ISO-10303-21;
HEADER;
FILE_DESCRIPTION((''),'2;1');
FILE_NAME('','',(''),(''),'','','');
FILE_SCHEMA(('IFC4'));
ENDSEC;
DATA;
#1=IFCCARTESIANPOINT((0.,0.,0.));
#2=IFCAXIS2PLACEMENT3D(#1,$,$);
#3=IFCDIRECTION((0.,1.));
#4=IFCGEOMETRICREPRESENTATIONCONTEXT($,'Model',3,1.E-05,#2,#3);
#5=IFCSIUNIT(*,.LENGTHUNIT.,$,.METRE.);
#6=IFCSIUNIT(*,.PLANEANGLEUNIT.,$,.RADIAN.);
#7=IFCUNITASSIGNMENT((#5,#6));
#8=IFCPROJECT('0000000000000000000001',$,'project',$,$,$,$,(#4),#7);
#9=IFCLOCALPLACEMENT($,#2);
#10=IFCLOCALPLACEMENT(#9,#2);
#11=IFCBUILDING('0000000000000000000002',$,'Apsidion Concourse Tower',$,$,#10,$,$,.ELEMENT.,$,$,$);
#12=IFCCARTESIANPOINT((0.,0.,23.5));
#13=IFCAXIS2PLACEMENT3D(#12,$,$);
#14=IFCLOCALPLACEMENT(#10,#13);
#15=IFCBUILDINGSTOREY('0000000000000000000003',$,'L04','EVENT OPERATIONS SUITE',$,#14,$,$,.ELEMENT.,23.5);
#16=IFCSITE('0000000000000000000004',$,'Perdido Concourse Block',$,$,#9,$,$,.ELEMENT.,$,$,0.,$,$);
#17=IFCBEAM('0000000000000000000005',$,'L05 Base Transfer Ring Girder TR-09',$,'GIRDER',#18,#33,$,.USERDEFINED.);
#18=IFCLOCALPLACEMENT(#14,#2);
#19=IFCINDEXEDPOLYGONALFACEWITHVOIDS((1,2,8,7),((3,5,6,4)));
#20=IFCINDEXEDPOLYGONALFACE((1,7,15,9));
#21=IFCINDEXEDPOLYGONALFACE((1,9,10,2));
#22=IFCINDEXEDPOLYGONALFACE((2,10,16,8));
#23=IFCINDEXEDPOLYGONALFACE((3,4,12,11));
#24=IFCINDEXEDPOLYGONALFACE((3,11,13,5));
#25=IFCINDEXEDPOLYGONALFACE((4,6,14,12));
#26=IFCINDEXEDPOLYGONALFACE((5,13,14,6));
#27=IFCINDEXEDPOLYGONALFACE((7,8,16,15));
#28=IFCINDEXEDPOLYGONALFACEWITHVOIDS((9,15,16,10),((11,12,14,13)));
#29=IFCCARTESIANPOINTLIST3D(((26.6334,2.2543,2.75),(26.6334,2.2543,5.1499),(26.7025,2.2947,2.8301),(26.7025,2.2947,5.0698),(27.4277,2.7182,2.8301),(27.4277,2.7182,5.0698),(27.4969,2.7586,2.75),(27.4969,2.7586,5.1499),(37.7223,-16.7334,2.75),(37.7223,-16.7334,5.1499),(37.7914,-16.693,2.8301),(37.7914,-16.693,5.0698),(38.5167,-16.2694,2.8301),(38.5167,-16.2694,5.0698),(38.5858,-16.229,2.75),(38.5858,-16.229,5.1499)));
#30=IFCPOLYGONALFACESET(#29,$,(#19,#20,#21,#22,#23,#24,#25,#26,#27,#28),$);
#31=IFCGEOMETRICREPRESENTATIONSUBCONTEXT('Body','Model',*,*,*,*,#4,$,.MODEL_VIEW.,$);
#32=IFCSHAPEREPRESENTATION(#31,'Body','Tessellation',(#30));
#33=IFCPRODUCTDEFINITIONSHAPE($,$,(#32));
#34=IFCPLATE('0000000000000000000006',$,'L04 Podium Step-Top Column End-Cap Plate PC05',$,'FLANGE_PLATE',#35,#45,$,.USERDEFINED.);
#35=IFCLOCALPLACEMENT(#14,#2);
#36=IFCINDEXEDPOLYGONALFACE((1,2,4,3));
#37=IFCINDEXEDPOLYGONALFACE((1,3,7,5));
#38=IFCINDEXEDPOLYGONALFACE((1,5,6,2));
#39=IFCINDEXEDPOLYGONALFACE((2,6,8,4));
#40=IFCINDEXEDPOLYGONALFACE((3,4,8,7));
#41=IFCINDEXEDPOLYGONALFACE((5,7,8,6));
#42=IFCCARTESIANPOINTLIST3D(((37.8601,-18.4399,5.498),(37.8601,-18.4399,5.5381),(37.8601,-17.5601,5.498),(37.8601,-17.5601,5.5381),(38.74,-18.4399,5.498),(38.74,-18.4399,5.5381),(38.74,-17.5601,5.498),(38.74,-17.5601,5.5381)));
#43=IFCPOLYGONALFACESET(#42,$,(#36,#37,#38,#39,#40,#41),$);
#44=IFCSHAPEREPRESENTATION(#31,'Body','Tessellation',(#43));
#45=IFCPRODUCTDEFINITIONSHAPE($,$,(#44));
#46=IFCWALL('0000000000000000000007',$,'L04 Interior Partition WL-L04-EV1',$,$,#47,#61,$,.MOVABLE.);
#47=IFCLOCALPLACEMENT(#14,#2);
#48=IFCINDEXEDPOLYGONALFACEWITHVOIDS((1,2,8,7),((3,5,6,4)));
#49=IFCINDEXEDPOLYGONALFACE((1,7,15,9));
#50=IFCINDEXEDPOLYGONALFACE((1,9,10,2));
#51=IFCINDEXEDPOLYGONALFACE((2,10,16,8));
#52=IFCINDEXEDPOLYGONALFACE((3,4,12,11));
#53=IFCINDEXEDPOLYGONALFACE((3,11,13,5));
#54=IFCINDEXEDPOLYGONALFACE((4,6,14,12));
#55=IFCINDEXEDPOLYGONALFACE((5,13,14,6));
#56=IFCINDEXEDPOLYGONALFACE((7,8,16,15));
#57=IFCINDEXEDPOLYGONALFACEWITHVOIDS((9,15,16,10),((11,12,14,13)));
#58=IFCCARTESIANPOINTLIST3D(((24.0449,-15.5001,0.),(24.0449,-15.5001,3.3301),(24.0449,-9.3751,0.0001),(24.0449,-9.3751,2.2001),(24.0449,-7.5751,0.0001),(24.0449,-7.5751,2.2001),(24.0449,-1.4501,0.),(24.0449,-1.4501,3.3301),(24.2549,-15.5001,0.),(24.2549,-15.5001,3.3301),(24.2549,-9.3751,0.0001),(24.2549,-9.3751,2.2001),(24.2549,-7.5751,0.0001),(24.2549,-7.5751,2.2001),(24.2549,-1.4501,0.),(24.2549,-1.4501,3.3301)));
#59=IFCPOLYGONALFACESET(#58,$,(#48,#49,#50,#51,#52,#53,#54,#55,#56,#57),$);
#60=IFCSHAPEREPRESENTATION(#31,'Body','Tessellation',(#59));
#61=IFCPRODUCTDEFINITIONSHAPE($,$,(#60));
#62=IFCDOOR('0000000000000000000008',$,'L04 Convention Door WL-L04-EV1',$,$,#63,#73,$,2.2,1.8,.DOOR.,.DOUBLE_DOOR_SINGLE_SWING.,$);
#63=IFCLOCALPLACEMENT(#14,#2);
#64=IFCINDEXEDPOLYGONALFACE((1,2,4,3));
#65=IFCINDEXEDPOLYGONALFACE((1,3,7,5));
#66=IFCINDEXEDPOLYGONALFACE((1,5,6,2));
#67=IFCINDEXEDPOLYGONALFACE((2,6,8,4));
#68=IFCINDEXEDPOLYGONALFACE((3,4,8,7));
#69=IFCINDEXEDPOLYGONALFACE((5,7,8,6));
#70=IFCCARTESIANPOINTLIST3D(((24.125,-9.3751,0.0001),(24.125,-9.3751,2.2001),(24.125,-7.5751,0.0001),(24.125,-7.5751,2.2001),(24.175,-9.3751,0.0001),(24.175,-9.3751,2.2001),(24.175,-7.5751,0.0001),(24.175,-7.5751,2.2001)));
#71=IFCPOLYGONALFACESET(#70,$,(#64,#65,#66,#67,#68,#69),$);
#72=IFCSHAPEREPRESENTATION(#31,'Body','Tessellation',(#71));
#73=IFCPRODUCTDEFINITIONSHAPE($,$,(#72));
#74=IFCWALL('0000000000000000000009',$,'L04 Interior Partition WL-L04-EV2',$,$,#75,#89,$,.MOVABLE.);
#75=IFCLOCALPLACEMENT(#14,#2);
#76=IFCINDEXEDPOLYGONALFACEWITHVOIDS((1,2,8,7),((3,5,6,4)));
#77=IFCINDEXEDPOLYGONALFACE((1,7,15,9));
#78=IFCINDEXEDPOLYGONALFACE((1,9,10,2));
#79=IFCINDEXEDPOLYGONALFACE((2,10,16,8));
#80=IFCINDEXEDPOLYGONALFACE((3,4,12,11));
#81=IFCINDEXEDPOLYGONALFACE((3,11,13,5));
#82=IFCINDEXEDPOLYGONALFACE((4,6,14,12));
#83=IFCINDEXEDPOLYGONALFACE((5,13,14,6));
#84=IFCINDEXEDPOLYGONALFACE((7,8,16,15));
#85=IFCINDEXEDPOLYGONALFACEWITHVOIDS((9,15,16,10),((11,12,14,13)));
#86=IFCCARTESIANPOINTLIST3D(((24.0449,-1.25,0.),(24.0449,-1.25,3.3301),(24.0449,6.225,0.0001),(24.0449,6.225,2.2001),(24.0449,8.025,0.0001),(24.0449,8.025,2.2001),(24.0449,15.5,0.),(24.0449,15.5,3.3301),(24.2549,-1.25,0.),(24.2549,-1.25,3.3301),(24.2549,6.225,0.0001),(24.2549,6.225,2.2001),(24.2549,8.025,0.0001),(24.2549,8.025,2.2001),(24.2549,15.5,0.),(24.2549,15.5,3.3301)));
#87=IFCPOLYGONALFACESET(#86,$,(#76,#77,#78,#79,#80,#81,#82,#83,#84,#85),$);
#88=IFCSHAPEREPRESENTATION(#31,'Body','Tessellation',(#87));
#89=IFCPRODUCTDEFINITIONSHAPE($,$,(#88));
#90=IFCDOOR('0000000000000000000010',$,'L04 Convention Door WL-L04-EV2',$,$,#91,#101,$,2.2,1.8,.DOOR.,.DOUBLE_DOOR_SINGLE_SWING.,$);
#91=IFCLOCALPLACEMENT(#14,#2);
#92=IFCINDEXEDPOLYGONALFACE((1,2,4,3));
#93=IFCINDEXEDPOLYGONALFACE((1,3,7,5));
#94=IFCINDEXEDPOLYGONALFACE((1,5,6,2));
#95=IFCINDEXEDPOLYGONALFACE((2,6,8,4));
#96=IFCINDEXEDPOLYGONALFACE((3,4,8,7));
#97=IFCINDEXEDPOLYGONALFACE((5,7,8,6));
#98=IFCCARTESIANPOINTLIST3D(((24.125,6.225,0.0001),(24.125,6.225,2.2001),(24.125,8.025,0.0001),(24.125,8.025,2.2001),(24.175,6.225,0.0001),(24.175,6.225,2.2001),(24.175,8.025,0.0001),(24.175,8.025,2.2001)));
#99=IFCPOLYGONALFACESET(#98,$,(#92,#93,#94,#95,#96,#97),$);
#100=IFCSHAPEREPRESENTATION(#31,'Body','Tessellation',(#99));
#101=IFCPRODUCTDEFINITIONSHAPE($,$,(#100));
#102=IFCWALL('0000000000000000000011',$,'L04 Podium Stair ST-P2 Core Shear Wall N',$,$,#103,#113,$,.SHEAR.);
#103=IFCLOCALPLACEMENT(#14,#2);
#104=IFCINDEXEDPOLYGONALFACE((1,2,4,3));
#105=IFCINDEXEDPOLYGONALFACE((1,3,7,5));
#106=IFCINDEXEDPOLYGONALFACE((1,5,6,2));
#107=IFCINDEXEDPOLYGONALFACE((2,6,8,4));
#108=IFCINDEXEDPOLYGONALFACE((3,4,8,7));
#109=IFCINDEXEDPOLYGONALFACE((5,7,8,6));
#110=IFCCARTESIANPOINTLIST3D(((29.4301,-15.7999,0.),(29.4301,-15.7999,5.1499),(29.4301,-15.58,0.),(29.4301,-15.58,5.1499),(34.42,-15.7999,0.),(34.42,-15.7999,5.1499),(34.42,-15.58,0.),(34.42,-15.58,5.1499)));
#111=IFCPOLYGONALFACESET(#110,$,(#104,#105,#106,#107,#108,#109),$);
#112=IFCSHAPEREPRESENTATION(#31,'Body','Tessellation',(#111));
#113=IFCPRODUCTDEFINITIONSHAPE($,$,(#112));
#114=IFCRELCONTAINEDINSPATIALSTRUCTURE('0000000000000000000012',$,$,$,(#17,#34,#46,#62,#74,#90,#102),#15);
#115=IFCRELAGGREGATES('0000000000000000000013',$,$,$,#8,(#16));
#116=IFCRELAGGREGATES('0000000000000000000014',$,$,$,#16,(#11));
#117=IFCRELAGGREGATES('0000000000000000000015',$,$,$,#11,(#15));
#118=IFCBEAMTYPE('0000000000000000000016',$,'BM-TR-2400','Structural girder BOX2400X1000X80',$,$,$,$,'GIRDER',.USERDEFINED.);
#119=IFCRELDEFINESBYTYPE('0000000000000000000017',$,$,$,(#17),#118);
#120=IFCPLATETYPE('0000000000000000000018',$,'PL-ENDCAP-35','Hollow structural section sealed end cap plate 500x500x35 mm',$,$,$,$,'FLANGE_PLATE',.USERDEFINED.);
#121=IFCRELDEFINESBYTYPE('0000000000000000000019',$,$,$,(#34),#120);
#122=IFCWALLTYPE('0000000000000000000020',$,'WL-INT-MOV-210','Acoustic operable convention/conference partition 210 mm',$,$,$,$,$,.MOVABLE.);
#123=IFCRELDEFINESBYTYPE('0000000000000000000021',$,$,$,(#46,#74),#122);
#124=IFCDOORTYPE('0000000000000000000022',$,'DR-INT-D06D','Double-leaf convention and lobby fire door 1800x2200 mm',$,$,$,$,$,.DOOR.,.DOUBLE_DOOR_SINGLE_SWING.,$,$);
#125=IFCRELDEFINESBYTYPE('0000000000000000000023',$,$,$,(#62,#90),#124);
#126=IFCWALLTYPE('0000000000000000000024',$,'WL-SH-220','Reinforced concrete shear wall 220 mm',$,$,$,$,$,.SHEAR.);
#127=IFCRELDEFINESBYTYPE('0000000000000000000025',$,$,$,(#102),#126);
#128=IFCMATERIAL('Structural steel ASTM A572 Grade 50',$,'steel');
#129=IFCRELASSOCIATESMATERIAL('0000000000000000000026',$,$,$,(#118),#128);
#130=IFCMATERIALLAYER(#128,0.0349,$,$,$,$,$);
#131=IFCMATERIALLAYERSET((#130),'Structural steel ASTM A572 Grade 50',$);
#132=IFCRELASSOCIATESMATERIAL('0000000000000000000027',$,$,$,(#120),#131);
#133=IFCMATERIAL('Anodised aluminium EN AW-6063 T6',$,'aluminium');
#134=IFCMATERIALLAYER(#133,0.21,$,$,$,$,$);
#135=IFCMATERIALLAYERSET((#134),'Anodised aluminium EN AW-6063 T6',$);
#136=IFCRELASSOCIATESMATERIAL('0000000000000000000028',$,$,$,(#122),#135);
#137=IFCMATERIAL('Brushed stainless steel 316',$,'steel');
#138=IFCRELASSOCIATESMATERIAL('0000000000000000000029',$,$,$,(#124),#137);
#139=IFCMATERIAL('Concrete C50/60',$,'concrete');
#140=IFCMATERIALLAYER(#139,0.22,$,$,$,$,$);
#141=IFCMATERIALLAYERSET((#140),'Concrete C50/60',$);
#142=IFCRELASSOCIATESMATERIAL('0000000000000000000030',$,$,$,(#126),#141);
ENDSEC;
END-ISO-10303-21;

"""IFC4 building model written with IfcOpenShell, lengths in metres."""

from ifc_helpers import new_model, si_unit, direction, frame, frame_2d, origin, origin_2d, place, context, subcontext, project, spatial, rectangle, hollow_rectangle, extrude, material, layer, layer_set, material_profile, profile_set, type_object, element, fill, save


model = new_model("IFC4")

# Units and contexts
model_context = context("Model", 3, precision=1e-05, world=origin(), true_north=direction((0.0, 1.0)))
body_context = subcontext(model_context, "Body", "Model", "MODEL_VIEW")
ifc_project = project(units=[si_unit("LENGTHUNIT", "METRE"), si_unit("PLANEANGLEUNIT", "RADIAN")], contexts=[model_context])

# Site, building, storey
site_placement = place(None, origin())
site = spatial("IfcSite", under=ifc_project, at=site_placement, Name="Perdido Concourse Block", CompositionType="ELEMENT", RefElevation=0.0)
building_placement = place(site_placement, origin())
building = spatial("IfcBuilding", under=site, at=building_placement, Name="Apsidion Concourse Tower", CompositionType="ELEMENT")
storey_placement = place(building_placement, frame((0.0, 0.0, 23.5)))
storey = spatial("IfcBuildingStorey", under=building, at=storey_placement, Name="L04", Description="EVENT OPERATIONS SUITE", CompositionType="ELEMENT", Elevation=23.5)

# Shared definitions
ifc_material_1 = material(Name="Structural steel ASTM A572 Grade 50", Category="steel")
ifc_material_2 = material(Name="Concrete C50/60", Category="concrete")

# Beam
ifc_material_profile_1 = material_profile(ifc_material_1, hollow_rectangle(XDim=1.0, YDim=2.3999, WallThickness=0.0801, at=origin_2d()), Name="BOX2400X1000X80")
ifc_profile_set_1 = profile_set([ifc_material_profile_1], Name="Structural steel ASTM A572 Grade 50")
beam_type_1 = type_object("IfcBeamType", Name="BM-TR-2400", Description="Structural girder BOX2400X1000X80", ElementType="GIRDER", PredefinedType="USERDEFINED", material=ifc_profile_set_1)
beam_1_placement = place(storey_placement, frame((38.1541, -16.4812, 3.95), z_axis=(-0.504305, 0.863525, 0.0), x_axis=(-0.863525, -0.504305, 0.0)))
element("IfcBeam", 1, at=beam_1_placement, inside=storey, type_object=beam_type_1, Name="L05 Base Transfer Ring Girder TR-09", ObjectType="GIRDER", PredefinedType="USERDEFINED", context=body_context, shape_type="SweptSolid", body=[
    extrude(hollow_rectangle(XDim=1.0, YDim=2.3999, WallThickness=0.0801, at=origin_2d()), origin(), (0.0, 0.0, 1.0), 21.9885),
])

# Plate
ifc_layer_1 = layer(ifc_material_1, 0.0349)
ifc_layer_set_1 = layer_set([ifc_layer_1], Name="Structural steel ASTM A572 Grade 50")
plate_type = type_object("IfcPlateType", Name="PL-ENDCAP-35", Description="Hollow structural section sealed end cap plate 500x500x35 mm", ElementType="FLANGE_PLATE", PredefinedType="USERDEFINED", material=ifc_layer_set_1)
plate_placement = place(storey_placement, frame((38.3, -18.0, 5.498), z_axis=(0.0, 0.0, 1.0), x_axis=(1.0, 0.0, 0.0)))
element("IfcPlate", 2, at=plate_placement, inside=storey, type_object=plate_type, Name="L04 Podium Step-Top Column End-Cap Plate PC05", ObjectType="FLANGE_PLATE", PredefinedType="USERDEFINED", context=body_context, shape_type="SweptSolid", body=[
    extrude(rectangle(XDim=0.8799, YDim=0.8799, at=origin_2d()), origin(), (0.0, 0.0, 1.0), 0.04),
])

# Walls, openings, doors
ifc_material_3 = material(Name="Anodised aluminium EN AW-6063 T6", Category="aluminium")
ifc_layer_2 = layer(ifc_material_3, 0.21)
ifc_layer_set_2 = layer_set([ifc_layer_2], Name="Anodised aluminium EN AW-6063 T6")
wall_type_1 = type_object("IfcWallType", Name="WL-INT-MOV-210", Description="Acoustic operable convention/conference partition 210 mm", PredefinedType="MOVABLE", material=ifc_layer_set_2)
wall_1_placement = place(storey_placement, frame((24.1499, -15.5, 0.0), z_axis=(0.0, 0.0, 1.0), x_axis=(0.0, 1.0, 0.0)))
wall_1 = element("IfcWall", 3, at=wall_1_placement, inside=storey, type_object=wall_type_1, Name="L04 Interior Partition WL-L04-EV1", PredefinedType="MOVABLE", context=body_context, shape_type="SweptSolid", body=[
    extrude(rectangle(XDim=14.05, YDim=0.21, at=frame_2d((7.0249, 0.0))), origin(), (0.0, 0.0, 1.0), 3.3301),
])
opening_1_placement = place(wall_1_placement, frame((6.125, 0.0, 0.0)))
opening_1 = element("IfcOpeningElement", 4, at=opening_1_placement, cuts=wall_1, PredefinedType="OPENING", context=body_context, shape_type="SweptSolid", body=[
    extrude(rectangle(XDim=1.8, YDim=2.2, at=frame_2d((0.8999, 1.1001))), frame((0.0, 0.115, 0.0), z_axis=(0.0, -1.0, 0.0), x_axis=(1.0, 0.0, 0.0)), (0.0, 0.0, 1.0), 0.23),
])
ifc_material_4 = material(Name="Brushed stainless steel 316", Category="steel")
door_type = type_object("IfcDoorType", Name="DR-INT-D06D", Description="Double-leaf convention and lobby fire door 1800x2200 mm", OperationType="DOUBLE_DOOR_SINGLE_SWING", PredefinedType="DOOR", material=ifc_material_4)
door_1_placement = place(opening_1_placement, origin())
door_1 = element("IfcDoor", 5, at=door_1_placement, inside=storey, type_object=door_type, Name="L04 Convention Door WL-L04-EV1", OperationType="DOUBLE_DOOR_SINGLE_SWING", OverallHeight=2.2, OverallWidth=1.8, PredefinedType="DOOR", context=body_context, shape_type="SweptSolid", body=[
    extrude(rectangle(XDim=1.8, YDim=2.2, at=frame_2d((0.8999, 1.1001))), frame((0.0, 0.0249, 0.0), z_axis=(0.0, -1.0, 0.0), x_axis=(1.0, 0.0, 0.0)), (0.0, 0.0, 1.0), 0.05),
])
fill(opening_1, door_1)
wall_2_placement = place(storey_placement, frame((24.1499, -1.25, 0.0), z_axis=(0.0, 0.0, 1.0), x_axis=(0.0, 1.0, 0.0)))
wall_2 = element("IfcWall", 6, at=wall_2_placement, inside=storey, type_object=wall_type_1, Name="L04 Interior Partition WL-L04-EV2", PredefinedType="MOVABLE", context=body_context, shape_type="SweptSolid", body=[
    extrude(rectangle(XDim=16.75, YDim=0.21, at=frame_2d((8.375, 0.0))), origin(), (0.0, 0.0, 1.0), 3.3301),
])
opening_2_placement = place(wall_2_placement, frame((7.4751, 0.0, 0.0)))
opening_2 = element("IfcOpeningElement", 7, at=opening_2_placement, cuts=wall_2, PredefinedType="OPENING", context=body_context, shape_type="SweptSolid", body=[
    extrude(rectangle(XDim=1.8, YDim=2.2, at=frame_2d((0.8999, 1.1001))), frame((0.0, 0.115, 0.0), z_axis=(0.0, -1.0, 0.0), x_axis=(1.0, 0.0, 0.0)), (0.0, 0.0, 1.0), 0.23),
])
door_2_placement = place(opening_2_placement, origin())
door_2 = element("IfcDoor", 8, at=door_2_placement, inside=storey, type_object=door_type, Name="L04 Convention Door WL-L04-EV2", OperationType="DOUBLE_DOOR_SINGLE_SWING", OverallHeight=2.2, OverallWidth=1.8, PredefinedType="DOOR", context=body_context, shape_type="SweptSolid", body=[
    extrude(rectangle(XDim=1.8, YDim=2.2, at=frame_2d((0.8999, 1.1001))), frame((0.0, 0.0249, 0.0), z_axis=(0.0, -1.0, 0.0), x_axis=(1.0, 0.0, 0.0)), (0.0, 0.0, 1.0), 0.05),
])
fill(opening_2, door_2)

# Wall
ifc_layer_3 = layer(ifc_material_2, 0.22)
ifc_layer_set_3 = layer_set([ifc_layer_3], Name="Concrete C50/60")
wall_type_2 = type_object("IfcWallType", Name="WL-SH-220", Description="Reinforced concrete shear wall 220 mm", PredefinedType="SHEAR", material=ifc_layer_set_3)
wall_3_placement = place(storey_placement, frame((29.4299, -15.6899, 0.0), z_axis=(0.0, 0.0, 1.0), x_axis=(1.0, 0.0, 0.0)))
element("IfcWall", 9, at=wall_3_placement, inside=storey, type_object=wall_type_2, Name="L04 Podium Stair ST-P2 Core Shear Wall N", PredefinedType="SHEAR", context=body_context, shape_type="SweptSolid", body=[
    extrude(rectangle(XDim=4.99, YDim=0.22, at=frame_2d((2.4951, 0.0))), origin(), (0.0, 0.0, 1.0), 5.1499),
])

save(model, "model.ifc")
